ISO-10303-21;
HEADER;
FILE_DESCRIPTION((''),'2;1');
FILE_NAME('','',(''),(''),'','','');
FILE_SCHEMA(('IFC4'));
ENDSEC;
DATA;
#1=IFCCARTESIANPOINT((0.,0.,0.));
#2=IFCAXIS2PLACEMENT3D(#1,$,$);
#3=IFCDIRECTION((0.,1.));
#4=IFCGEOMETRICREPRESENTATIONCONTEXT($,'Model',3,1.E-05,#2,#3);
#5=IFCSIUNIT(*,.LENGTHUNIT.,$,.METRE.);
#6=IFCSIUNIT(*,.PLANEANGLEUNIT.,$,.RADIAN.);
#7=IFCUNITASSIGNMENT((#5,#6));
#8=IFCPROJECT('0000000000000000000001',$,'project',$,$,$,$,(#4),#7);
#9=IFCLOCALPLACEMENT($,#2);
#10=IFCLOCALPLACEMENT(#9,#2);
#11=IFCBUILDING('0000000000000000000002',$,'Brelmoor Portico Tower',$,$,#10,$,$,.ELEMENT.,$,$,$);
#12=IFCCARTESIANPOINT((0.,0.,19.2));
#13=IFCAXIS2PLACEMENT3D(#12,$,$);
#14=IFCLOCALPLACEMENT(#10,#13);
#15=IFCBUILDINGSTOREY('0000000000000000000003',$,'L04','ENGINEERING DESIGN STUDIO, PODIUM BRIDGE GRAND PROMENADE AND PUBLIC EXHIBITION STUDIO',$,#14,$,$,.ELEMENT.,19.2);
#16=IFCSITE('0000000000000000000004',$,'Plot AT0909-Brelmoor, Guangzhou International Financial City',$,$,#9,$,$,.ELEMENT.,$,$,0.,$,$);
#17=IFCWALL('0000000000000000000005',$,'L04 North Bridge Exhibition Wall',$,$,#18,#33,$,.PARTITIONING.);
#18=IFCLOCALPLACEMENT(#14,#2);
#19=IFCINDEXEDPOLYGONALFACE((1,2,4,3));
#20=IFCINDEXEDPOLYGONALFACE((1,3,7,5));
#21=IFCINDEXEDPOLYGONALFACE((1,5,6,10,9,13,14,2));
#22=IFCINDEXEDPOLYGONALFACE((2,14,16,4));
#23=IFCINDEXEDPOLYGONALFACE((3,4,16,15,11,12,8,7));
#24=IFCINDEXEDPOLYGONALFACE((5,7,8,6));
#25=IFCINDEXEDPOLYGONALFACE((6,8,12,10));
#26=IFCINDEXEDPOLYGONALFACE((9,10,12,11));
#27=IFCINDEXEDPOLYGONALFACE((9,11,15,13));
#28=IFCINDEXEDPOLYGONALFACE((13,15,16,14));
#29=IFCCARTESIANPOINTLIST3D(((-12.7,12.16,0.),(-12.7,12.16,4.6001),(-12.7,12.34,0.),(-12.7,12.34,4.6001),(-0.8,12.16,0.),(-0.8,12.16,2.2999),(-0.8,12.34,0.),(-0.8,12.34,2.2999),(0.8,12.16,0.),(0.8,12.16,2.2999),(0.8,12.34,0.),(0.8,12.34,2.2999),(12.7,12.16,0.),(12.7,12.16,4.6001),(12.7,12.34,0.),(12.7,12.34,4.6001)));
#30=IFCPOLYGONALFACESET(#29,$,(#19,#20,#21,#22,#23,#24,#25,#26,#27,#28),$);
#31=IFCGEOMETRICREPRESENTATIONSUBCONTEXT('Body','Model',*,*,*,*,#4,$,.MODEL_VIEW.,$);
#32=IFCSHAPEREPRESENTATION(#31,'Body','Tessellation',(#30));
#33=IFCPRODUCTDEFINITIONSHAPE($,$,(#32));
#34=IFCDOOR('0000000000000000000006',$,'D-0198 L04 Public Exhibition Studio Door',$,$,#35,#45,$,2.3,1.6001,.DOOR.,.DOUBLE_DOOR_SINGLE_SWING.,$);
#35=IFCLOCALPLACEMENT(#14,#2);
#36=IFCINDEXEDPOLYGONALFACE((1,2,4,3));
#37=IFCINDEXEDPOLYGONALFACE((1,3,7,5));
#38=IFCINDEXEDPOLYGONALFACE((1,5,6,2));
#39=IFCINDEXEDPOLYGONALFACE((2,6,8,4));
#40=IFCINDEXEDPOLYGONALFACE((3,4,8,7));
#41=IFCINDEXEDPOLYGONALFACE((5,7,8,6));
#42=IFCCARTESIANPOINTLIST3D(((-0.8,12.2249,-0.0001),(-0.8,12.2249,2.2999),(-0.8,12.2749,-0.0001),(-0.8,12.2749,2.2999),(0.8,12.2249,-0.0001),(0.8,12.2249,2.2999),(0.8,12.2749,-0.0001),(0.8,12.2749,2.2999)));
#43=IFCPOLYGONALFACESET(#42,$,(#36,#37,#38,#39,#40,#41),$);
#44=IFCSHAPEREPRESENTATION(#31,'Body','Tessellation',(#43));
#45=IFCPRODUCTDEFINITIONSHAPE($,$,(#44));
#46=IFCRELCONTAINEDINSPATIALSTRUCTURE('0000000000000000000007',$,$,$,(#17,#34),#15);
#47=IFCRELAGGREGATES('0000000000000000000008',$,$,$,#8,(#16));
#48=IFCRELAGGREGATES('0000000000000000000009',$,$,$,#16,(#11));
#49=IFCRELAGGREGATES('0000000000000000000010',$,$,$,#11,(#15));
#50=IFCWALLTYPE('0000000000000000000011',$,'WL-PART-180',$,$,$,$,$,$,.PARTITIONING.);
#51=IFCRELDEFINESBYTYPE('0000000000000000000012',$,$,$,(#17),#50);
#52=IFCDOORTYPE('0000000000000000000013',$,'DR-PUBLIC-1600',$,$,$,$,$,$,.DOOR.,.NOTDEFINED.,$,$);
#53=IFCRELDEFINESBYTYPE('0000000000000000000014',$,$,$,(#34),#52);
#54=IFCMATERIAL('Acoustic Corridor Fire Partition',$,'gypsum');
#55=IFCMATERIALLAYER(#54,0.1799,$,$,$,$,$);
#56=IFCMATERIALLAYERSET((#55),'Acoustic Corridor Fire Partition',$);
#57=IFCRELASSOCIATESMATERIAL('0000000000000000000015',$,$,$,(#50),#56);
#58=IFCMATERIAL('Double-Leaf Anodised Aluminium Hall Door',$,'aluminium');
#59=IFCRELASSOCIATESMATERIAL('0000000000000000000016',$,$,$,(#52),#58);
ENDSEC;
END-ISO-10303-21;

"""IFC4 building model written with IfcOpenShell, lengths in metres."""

from ifc_helpers import new_model, si_unit, direction, frame, frame_2d, origin, place, context, subcontext, project, spatial, rectangle, extrude, material, layer, layer_set, type_object, element, fill, save


model = new_model("IFC4")

# Units and contexts
model_context = context("Model", 3, precision=1e-05, world=origin(), true_north=direction((0.0, 1.0)))
body_context = subcontext(model_context, "Body", "Model", "MODEL_VIEW")
ifc_project = project(units=[si_unit("LENGTHUNIT", "METRE"), si_unit("PLANEANGLEUNIT", "RADIAN")], contexts=[model_context])

# Site, building, storey
site_placement = place(None, origin())
site = spatial("IfcSite", under=ifc_project, at=site_placement, Name="Plot AT0909-Brelmoor, Guangzhou International Financial City", CompositionType="ELEMENT", RefElevation=0.0)
building_placement = place(site_placement, origin())
building = spatial("IfcBuilding", under=site, at=building_placement, Name="Brelmoor Portico Tower", CompositionType="ELEMENT")
storey_placement = place(building_placement, frame((0.0, 0.0, 19.2)))
storey = spatial("IfcBuildingStorey", under=building, at=storey_placement, Name="L04", Description="ENGINEERING DESIGN STUDIO, PODIUM BRIDGE GRAND PROMENADE AND PUBLIC EXHIBITION STUDIO", CompositionType="ELEMENT", Elevation=19.2)

# Wall, opening, door
ifc_material_1 = material(Name="Acoustic Corridor Fire Partition", Category="gypsum")
ifc_layer_1 = layer(ifc_material_1, 0.1799)
ifc_layer_set_1 = layer_set([ifc_layer_1], Name="Acoustic Corridor Fire Partition")
wall_type_1 = type_object("IfcWallType", Name="WL-PART-180", PredefinedType="PARTITIONING", material=ifc_layer_set_1)
wall_1_placement = place(storey_placement, frame((-12.7, 12.25, 0.0), z_axis=(0.0, 0.0, 1.0), x_axis=(1.0, 0.0, 0.0)))
wall_1 = element("IfcWall", 1, at=wall_1_placement, inside=storey, type_object=wall_type_1, Name="L04 North Bridge Exhibition Wall", PredefinedType="PARTITIONING", context=body_context, shape_type="SweptSolid", body=[
    extrude(rectangle(XDim=25.3999, YDim=0.1799, at=frame_2d((12.7, 0.0))), origin(), (0.0, 0.0, 1.0), 4.6001),
])
opening_placement = place(wall_1_placement, frame((11.8999, 0.0, 0.0)))
opening = element("IfcOpeningElement", 2, at=opening_placement, cuts=wall_1, PredefinedType="OPENING", context=body_context, shape_type="SweptSolid", body=[
    extrude(rectangle(XDim=1.6001, YDim=2.3, at=frame_2d((0.8, 1.1499))), frame((0.0, 0.0999, 0.0), z_axis=(0.0, -1.0, 0.0), x_axis=(1.0, 0.0, 0.0)), (0.0, 0.0, 1.0), 0.2),
])
ifc_material_2 = material(Name="Double-Leaf Anodised Aluminium Hall Door", Category="aluminium")
door_type = type_object("IfcDoorType", Name="DR-PUBLIC-1600", OperationType="NOTDEFINED", PredefinedType="DOOR", material=ifc_material_2)
door_placement = place(opening_placement, origin())
door = element("IfcDoor", 3, at=door_placement, inside=storey, type_object=door_type, Name="D-0198 L04 Public Exhibition Studio Door", OperationType="DOUBLE_DOOR_SINGLE_SWING", OverallHeight=2.3, OverallWidth=1.6001, PredefinedType="DOOR", context=body_context, shape_type="SweptSolid", body=[
    extrude(rectangle(XDim=1.6001, YDim=2.3, at=frame_2d((0.8, 1.1499))), frame((0.0, 0.0249, 0.0), z_axis=(0.0, -1.0, 0.0), x_axis=(1.0, 0.0, 0.0)), (0.0, 0.0, 1.0), 0.05),
])
fill(opening, door)

save(model, "model.ifc")
